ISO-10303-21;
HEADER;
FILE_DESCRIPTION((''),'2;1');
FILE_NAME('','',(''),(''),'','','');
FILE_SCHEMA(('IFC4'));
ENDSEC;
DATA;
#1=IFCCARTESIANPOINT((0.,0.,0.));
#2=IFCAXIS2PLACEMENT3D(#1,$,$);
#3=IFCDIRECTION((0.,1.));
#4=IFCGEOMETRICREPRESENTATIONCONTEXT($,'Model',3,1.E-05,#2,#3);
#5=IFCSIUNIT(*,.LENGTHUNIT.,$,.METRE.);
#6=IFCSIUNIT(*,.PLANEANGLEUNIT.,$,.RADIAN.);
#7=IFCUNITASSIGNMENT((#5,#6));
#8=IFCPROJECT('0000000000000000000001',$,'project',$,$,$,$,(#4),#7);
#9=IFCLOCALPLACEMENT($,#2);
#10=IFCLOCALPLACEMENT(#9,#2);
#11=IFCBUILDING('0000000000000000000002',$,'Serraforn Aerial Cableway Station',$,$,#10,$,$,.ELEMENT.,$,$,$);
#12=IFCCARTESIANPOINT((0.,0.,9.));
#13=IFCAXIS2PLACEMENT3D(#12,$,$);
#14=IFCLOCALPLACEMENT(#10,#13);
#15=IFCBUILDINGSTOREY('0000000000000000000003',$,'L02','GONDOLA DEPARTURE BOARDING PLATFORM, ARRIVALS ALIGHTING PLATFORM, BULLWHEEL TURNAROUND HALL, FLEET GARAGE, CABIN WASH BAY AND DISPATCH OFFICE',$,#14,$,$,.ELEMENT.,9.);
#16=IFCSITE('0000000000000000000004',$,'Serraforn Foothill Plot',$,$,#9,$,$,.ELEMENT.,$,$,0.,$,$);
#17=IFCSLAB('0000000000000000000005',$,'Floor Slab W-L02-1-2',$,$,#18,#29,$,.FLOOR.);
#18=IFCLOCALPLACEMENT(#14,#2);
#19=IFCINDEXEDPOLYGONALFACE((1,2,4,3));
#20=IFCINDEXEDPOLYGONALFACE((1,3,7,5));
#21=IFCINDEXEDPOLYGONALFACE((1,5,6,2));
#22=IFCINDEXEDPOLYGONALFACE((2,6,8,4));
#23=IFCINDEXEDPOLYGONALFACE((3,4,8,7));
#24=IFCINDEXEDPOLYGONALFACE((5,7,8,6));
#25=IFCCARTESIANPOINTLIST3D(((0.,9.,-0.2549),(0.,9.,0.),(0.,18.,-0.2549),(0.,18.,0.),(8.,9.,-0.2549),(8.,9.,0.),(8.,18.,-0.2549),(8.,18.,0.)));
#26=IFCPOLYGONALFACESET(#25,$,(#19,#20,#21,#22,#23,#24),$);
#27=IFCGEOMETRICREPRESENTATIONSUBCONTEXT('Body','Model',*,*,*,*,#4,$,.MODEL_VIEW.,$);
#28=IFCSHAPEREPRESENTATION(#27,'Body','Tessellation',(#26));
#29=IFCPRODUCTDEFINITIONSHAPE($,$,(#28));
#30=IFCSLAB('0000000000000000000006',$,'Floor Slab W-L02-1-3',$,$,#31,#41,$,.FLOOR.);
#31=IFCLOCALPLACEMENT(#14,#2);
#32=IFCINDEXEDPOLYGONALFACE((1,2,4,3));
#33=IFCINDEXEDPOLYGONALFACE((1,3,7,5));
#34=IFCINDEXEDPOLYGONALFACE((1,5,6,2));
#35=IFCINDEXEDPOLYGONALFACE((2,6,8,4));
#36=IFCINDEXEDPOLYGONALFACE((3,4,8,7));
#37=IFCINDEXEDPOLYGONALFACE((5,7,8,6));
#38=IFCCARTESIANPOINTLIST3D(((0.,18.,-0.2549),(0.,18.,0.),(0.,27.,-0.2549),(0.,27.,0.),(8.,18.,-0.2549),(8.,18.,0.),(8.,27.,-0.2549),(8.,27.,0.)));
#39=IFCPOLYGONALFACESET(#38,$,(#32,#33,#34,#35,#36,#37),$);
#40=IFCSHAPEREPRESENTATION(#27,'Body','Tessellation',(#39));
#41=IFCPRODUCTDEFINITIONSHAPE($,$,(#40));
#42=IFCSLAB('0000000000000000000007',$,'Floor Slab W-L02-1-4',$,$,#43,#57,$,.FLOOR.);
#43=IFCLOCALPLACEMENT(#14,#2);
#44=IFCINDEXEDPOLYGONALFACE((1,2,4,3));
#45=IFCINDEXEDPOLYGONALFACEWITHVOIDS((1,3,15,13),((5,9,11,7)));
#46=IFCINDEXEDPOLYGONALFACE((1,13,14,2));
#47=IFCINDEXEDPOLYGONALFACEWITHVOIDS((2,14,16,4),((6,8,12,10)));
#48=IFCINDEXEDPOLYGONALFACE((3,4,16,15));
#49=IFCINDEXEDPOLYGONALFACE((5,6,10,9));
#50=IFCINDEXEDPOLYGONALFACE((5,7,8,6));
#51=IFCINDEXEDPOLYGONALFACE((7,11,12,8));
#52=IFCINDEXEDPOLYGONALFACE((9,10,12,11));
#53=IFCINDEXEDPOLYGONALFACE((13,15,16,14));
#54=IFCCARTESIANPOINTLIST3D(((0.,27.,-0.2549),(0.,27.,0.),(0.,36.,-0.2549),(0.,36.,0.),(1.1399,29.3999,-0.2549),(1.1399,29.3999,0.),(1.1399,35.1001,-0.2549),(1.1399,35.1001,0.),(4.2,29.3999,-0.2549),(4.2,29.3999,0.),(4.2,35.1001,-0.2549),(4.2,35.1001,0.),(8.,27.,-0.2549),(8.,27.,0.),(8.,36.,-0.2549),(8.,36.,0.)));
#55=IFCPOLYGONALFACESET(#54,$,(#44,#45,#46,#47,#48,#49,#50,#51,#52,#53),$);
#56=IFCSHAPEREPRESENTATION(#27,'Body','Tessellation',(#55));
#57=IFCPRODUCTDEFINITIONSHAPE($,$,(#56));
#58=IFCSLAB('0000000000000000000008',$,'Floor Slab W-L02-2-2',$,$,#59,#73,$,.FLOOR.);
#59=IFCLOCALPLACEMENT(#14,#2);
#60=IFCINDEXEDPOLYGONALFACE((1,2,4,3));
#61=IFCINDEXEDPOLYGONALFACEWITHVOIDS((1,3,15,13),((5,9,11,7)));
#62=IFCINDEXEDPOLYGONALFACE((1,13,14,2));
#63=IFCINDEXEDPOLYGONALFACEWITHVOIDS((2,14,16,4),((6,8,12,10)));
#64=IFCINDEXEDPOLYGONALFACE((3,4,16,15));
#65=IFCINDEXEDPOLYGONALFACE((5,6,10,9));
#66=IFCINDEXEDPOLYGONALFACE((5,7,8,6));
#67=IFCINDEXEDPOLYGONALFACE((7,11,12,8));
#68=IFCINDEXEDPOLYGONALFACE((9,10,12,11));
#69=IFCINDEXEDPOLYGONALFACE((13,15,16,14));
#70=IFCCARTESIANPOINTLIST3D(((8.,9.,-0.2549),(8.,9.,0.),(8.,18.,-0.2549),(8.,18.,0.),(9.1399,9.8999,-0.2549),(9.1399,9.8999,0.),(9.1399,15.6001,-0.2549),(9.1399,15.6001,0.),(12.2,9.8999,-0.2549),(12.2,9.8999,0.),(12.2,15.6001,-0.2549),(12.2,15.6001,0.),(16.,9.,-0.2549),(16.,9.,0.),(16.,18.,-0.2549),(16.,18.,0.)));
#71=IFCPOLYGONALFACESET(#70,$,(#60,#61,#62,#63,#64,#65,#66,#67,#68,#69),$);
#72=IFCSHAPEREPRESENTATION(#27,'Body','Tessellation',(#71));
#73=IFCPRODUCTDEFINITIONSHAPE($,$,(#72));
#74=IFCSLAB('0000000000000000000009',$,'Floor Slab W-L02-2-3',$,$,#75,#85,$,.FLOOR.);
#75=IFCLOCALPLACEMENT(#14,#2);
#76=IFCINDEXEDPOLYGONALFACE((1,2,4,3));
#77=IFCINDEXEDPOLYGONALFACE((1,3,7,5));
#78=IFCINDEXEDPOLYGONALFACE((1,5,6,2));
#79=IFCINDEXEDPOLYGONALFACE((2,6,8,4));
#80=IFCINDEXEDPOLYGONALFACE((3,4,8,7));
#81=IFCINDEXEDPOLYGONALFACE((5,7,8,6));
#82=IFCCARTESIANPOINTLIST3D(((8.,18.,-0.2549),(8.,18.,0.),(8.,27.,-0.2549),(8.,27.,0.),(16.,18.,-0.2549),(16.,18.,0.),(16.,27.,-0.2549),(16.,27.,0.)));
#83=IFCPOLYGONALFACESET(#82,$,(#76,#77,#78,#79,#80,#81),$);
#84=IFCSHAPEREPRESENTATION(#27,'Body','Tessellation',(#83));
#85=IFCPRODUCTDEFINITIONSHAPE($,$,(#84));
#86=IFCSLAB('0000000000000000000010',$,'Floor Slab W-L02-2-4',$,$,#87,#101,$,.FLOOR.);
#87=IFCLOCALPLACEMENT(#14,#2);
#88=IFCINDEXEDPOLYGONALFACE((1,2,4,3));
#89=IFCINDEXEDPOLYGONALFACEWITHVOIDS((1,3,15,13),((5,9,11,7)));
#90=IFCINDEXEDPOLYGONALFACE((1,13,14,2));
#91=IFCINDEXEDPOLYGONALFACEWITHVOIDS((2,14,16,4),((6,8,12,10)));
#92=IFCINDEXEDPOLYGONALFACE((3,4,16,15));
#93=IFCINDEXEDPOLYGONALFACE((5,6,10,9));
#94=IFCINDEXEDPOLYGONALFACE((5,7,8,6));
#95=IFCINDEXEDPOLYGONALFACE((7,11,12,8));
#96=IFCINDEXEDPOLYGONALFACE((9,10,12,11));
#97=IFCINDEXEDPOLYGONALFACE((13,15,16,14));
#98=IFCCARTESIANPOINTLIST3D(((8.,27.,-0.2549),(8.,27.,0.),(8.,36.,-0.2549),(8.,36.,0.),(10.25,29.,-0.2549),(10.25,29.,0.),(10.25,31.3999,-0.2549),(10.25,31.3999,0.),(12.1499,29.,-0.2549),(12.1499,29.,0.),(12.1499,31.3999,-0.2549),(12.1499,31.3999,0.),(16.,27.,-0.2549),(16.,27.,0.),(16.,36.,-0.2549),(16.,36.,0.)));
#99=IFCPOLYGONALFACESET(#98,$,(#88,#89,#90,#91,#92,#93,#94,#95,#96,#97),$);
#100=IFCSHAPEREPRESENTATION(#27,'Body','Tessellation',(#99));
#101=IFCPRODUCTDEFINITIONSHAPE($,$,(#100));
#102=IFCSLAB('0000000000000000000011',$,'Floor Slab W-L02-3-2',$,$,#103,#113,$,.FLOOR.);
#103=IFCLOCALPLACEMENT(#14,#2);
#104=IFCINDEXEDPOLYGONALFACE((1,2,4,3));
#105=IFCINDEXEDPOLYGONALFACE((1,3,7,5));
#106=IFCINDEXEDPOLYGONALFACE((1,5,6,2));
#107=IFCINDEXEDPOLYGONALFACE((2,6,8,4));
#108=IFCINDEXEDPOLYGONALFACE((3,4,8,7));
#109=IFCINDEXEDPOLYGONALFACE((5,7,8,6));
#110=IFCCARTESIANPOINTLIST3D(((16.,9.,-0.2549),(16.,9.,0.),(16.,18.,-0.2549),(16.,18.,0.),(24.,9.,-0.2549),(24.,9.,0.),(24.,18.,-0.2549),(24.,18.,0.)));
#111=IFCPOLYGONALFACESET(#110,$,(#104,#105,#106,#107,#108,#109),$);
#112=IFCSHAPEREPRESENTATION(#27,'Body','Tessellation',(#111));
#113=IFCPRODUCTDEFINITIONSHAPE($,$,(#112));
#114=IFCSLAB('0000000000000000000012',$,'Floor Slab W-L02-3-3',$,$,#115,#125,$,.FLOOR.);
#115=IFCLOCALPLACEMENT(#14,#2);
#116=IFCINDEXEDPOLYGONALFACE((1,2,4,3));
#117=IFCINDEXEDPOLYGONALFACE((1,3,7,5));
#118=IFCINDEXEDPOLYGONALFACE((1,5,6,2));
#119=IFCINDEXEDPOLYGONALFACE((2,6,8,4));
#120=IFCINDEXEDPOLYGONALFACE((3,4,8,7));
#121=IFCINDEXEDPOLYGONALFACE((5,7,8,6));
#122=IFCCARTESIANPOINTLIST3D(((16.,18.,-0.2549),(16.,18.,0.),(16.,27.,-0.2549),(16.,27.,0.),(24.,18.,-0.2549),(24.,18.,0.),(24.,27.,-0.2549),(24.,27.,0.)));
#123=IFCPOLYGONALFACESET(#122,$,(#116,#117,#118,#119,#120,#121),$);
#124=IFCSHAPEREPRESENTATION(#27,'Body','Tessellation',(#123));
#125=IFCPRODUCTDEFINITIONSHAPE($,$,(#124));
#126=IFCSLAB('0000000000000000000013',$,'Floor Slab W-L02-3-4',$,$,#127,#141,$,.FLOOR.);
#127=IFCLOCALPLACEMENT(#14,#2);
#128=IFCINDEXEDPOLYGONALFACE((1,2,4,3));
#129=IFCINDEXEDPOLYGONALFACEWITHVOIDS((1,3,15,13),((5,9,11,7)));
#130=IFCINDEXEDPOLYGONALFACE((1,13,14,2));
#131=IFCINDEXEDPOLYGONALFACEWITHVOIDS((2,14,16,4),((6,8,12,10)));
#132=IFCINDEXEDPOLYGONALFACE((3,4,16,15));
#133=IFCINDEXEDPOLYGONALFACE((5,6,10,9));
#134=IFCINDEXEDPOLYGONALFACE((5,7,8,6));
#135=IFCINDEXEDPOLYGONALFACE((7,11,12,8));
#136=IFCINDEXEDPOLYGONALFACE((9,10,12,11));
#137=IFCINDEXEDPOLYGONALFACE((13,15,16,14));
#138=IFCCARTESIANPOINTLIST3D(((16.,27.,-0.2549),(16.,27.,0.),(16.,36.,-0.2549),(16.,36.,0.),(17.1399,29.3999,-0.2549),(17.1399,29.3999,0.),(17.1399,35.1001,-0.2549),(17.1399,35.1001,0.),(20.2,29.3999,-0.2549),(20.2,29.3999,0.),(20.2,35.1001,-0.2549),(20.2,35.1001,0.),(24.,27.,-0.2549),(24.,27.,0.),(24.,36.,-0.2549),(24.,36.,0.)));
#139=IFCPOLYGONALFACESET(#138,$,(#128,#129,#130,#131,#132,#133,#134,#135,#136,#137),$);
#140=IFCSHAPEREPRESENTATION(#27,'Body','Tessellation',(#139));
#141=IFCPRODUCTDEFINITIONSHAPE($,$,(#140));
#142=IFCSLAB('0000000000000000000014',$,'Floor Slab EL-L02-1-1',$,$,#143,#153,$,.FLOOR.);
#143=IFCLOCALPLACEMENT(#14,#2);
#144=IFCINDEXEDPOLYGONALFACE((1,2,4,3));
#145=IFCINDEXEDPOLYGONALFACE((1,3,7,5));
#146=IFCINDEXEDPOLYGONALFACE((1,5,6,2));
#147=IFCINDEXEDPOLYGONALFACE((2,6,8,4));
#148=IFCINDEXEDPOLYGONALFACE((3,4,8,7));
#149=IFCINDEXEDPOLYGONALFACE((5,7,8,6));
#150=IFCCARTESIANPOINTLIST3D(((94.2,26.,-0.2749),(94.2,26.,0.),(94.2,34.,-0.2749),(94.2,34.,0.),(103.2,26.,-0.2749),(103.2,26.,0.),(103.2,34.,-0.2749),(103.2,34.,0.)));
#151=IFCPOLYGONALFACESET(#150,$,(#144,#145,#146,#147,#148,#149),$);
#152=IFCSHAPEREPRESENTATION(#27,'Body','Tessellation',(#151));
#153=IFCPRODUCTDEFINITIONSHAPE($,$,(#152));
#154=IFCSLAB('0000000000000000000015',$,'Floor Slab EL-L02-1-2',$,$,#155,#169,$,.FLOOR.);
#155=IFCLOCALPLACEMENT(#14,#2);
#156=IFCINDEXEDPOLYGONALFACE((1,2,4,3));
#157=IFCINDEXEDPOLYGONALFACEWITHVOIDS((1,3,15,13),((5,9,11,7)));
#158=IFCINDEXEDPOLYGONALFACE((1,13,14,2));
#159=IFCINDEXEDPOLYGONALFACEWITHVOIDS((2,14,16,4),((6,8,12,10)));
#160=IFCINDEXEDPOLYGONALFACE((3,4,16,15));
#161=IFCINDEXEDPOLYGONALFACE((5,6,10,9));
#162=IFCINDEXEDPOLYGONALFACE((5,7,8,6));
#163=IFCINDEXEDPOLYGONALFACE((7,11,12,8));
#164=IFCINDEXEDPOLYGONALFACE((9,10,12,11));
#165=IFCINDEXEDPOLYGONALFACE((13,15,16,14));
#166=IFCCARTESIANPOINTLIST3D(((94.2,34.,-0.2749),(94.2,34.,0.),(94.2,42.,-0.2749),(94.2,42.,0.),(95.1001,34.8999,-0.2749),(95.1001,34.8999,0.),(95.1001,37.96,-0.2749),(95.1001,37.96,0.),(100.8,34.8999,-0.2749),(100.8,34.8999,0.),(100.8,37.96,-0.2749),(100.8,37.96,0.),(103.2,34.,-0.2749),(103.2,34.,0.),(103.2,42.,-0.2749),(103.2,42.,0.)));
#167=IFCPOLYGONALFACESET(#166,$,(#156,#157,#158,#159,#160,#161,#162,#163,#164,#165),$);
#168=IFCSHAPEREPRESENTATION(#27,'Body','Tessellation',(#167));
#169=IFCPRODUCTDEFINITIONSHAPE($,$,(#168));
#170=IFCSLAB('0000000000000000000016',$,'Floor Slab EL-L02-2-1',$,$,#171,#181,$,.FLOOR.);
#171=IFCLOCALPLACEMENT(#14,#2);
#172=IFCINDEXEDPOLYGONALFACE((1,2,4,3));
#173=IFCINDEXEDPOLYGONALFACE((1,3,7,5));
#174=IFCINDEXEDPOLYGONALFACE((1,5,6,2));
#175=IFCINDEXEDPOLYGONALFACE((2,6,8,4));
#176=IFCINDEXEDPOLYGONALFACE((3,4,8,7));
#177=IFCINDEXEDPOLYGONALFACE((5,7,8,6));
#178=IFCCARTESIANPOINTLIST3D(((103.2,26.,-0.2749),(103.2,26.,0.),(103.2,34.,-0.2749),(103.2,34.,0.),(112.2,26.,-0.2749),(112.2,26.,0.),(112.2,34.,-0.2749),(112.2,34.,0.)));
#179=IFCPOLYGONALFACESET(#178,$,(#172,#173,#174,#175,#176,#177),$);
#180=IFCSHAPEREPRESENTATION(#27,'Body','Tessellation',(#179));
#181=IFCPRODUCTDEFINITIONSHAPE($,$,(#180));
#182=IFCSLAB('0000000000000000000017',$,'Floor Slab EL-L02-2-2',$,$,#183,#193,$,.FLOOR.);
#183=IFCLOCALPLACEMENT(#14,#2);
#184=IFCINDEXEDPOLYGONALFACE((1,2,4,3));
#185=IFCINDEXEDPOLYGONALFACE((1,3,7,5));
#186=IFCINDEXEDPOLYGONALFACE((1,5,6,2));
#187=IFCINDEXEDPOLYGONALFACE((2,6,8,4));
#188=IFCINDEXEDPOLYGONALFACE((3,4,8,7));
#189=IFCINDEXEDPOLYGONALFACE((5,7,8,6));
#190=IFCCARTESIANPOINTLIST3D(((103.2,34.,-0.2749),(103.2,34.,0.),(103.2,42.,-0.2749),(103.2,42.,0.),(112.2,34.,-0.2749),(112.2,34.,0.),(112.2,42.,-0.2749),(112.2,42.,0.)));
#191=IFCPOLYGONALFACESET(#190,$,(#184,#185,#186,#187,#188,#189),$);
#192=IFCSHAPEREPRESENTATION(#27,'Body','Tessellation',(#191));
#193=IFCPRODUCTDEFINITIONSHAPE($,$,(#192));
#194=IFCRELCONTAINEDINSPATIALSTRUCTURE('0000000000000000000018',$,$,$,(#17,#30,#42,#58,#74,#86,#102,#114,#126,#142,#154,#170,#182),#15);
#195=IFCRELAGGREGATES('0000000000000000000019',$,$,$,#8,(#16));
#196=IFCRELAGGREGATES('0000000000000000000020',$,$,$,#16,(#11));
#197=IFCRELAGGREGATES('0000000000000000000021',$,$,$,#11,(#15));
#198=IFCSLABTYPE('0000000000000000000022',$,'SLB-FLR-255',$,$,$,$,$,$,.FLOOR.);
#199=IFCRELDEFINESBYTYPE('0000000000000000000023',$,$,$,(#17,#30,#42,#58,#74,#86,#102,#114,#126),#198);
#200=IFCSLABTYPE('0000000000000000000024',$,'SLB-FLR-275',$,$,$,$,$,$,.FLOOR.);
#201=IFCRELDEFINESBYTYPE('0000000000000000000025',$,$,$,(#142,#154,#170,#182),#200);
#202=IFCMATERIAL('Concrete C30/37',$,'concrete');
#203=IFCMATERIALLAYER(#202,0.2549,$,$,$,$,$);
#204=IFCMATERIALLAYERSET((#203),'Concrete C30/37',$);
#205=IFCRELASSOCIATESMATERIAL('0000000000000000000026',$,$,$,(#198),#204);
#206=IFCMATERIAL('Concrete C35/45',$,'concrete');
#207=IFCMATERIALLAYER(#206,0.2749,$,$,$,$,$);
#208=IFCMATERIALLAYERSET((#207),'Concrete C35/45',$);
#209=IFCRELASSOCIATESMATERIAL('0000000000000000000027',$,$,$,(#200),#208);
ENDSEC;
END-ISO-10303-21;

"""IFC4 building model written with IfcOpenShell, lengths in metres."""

from ifc_helpers import new_model, si_unit, direction, frame, origin, place, context, subcontext, project, spatial, polyline, outline, extrude, material, layer, layer_set, type_object, element, save


model = new_model("IFC4")

# Units and contexts
model_context = context("Model", 3, precision=1e-05, world=origin(), true_north=direction((0.0, 1.0)))
body_context = subcontext(model_context, "Body", "Model", "MODEL_VIEW")
ifc_project = project(units=[si_unit("LENGTHUNIT", "METRE"), si_unit("PLANEANGLEUNIT", "RADIAN")], contexts=[model_context])

# Site, building, storey
site_placement = place(None, origin())
site = spatial("IfcSite", under=ifc_project, at=site_placement, Name="Serraforn Foothill Plot", CompositionType="ELEMENT", RefElevation=0.0)
building_placement = place(site_placement, origin())
building = spatial("IfcBuilding", under=site, at=building_placement, Name="Serraforn Aerial Cableway Station", CompositionType="ELEMENT")
storey_placement = place(building_placement, frame((0.0, 0.0, 9.0)))
storey = spatial("IfcBuildingStorey", under=building, at=storey_placement, Name="L02", Description="GONDOLA DEPARTURE BOARDING PLATFORM, ARRIVALS ALIGHTING PLATFORM, BULLWHEEL TURNAROUND HALL, FLEET GARAGE, CABIN WASH BAY AND DISPATCH OFFICE", CompositionType="ELEMENT", Elevation=9.0)

# Slabs
ifc_material_1 = material(Name="Concrete C30/37", Category="concrete")
ifc_layer_1 = layer(ifc_material_1, 0.2549)
ifc_layer_set_1 = layer_set([ifc_layer_1], Name="Concrete C30/37")
slab_type_1 = type_object("IfcSlabType", Name="SLB-FLR-255", PredefinedType="FLOOR", material=ifc_layer_set_1)
slab_1_placement = place(storey_placement, frame((0.0, 0.0, -0.2549)))
element("IfcSlab", 1, at=slab_1_placement, inside=storey, type_object=slab_type_1, Name="Floor Slab W-L02-1-2", PredefinedType="FLOOR", context=body_context, shape_type="SweptSolid", body=[
    extrude(outline(polyline([(0.0, 9.0), (8.0, 9.0), (8.0, 18.0), (0.0, 18.0), (0.0, 9.0)])), origin(), (0.0, 0.0, 1.0), 0.2549),
])
slab_2_placement = place(storey_placement, frame((0.0, 0.0, -0.2549)))
element("IfcSlab", 2, at=slab_2_placement, inside=storey, type_object=slab_type_1, Name="Floor Slab W-L02-1-3", PredefinedType="FLOOR", context=body_context, shape_type="SweptSolid", body=[
    extrude(outline(polyline([(0.0, 18.0), (8.0, 18.0), (8.0, 27.0), (0.0, 27.0), (0.0, 18.0)])), origin(), (0.0, 0.0, 1.0), 0.2549),
])
slab_3_placement = place(storey_placement, frame((0.0, 0.0, -0.2549)))
element("IfcSlab", 3, at=slab_3_placement, inside=storey, type_object=slab_type_1, Name="Floor Slab W-L02-1-4", PredefinedType="FLOOR", context=body_context, shape_type="SweptSolid", body=[
    extrude(outline(polyline([(0.0, 27.0), (8.0, 27.0), (8.0, 36.0), (0.0, 36.0), (0.0, 27.0)]), holes=[polyline([(4.2, 29.3999), (4.2, 35.1001), (1.1399, 35.1001), (1.1399, 29.3999), (4.2, 29.3999)])]), origin(), (0.0, 0.0, 1.0), 0.2549),
])
slab_4_placement = place(storey_placement, frame((0.0, 0.0, -0.2549)))
element("IfcSlab", 4, at=slab_4_placement, inside=storey, type_object=slab_type_1, Name="Floor Slab W-L02-2-2", PredefinedType="FLOOR", context=body_context, shape_type="SweptSolid", body=[
    extrude(outline(polyline([(8.0, 9.0), (16.0, 9.0), (16.0, 18.0), (8.0, 18.0), (8.0, 9.0)]), holes=[polyline([(9.1399, 15.6001), (9.1399, 9.8999), (12.2, 9.8999), (12.2, 15.6001), (9.1399, 15.6001)])]), origin(), (0.0, 0.0, 1.0), 0.2549),
])
slab_5_placement = place(storey_placement, frame((0.0, 0.0, -0.2549)))
element("IfcSlab", 5, at=slab_5_placement, inside=storey, type_object=slab_type_1, Name="Floor Slab W-L02-2-3", PredefinedType="FLOOR", context=body_context, shape_type="SweptSolid", body=[
    extrude(outline(polyline([(8.0, 18.0), (16.0, 18.0), (16.0, 27.0), (8.0, 27.0), (8.0, 18.0)])), origin(), (0.0, 0.0, 1.0), 0.2549),
])
slab_6_placement = place(storey_placement, frame((0.0, 0.0, -0.2549)))
element("IfcSlab", 6, at=slab_6_placement, inside=storey, type_object=slab_type_1, Name="Floor Slab W-L02-2-4", PredefinedType="FLOOR", context=body_context, shape_type="SweptSolid", body=[
    extrude(outline(polyline([(8.0, 27.0), (16.0, 27.0), (16.0, 36.0), (8.0, 36.0), (8.0, 27.0)]), holes=[polyline([(10.25, 29.0), (12.1499, 29.0), (12.1499, 31.3999), (10.25, 31.3999), (10.25, 29.0)])]), origin(), (0.0, 0.0, 1.0), 0.2549),
])
slab_7_placement = place(storey_placement, frame((0.0, 0.0, -0.2549)))
element("IfcSlab", 7, at=slab_7_placement, inside=storey, type_object=slab_type_1, Name="Floor Slab W-L02-3-2", PredefinedType="FLOOR", context=body_context, shape_type="SweptSolid", body=[
    extrude(outline(polyline([(16.0, 9.0), (24.0, 9.0), (24.0, 18.0), (16.0, 18.0), (16.0, 9.0)])), origin(), (0.0, 0.0, 1.0), 0.2549),
])
slab_8_placement = place(storey_placement, frame((0.0, 0.0, -0.2549)))
element("IfcSlab", 8, at=slab_8_placement, inside=storey, type_object=slab_type_1, Name="Floor Slab W-L02-3-3", PredefinedType="FLOOR", context=body_context, shape_type="SweptSolid", body=[
    extrude(outline(polyline([(16.0, 18.0), (24.0, 18.0), (24.0, 27.0), (16.0, 27.0), (16.0, 18.0)])), origin(), (0.0, 0.0, 1.0), 0.2549),
])
slab_9_placement = place(storey_placement, frame((0.0, 0.0, -0.2549)))
element("IfcSlab", 9, at=slab_9_placement, inside=storey, type_object=slab_type_1, Name="Floor Slab W-L02-3-4", PredefinedType="FLOOR", context=body_context, shape_type="SweptSolid", body=[
    extrude(outline(polyline([(16.0, 27.0), (24.0, 27.0), (24.0, 36.0), (16.0, 36.0), (16.0, 27.0)]), holes=[polyline([(20.2, 29.3999), (20.2, 35.1001), (17.1399, 35.1001), (17.1399, 29.3999), (20.2, 29.3999)])]), origin(), (0.0, 0.0, 1.0), 0.2549),
])
ifc_material_2 = material(Name="Concrete C35/45", Category="concrete")
ifc_layer_2 = layer(ifc_material_2, 0.2749)
ifc_layer_set_2 = layer_set([ifc_layer_2], Name="Concrete C35/45")
slab_type_2 = type_object("IfcSlabType", Name="SLB-FLR-275", PredefinedType="FLOOR", material=ifc_layer_set_2)
slab_10_placement = place(storey_placement, frame((0.0, 0.0, -0.2749)))
element("IfcSlab", 10, at=slab_10_placement, inside=storey, type_object=slab_type_2, Name="Floor Slab EL-L02-1-1", PredefinedType="FLOOR", context=body_context, shape_type="SweptSolid", body=[
    extrude(outline(polyline([(94.2, 26.0), (103.2, 26.0), (103.2, 34.0), (94.2, 34.0), (94.2, 26.0)])), origin(), (0.0, 0.0, 1.0), 0.2749),
])
slab_11_placement = place(storey_placement, frame((0.0, 0.0, -0.2749)))
element("IfcSlab", 11, at=slab_11_placement, inside=storey, type_object=slab_type_2, Name="Floor Slab EL-L02-1-2", PredefinedType="FLOOR", context=body_context, shape_type="SweptSolid", body=[
    extrude(outline(polyline([(94.2, 34.0), (103.2, 34.0), (103.2, 42.0), (94.2, 42.0), (94.2, 34.0)]), holes=[polyline([(100.8, 37.96), (95.1001, 37.96), (95.1001, 34.8999), (100.8, 34.8999), (100.8, 37.96)])]), origin(), (0.0, 0.0, 1.0), 0.2749),
])
slab_12_placement = place(storey_placement, frame((0.0, 0.0, -0.2749)))
element("IfcSlab", 12, at=slab_12_placement, inside=storey, type_object=slab_type_2, Name="Floor Slab EL-L02-2-1", PredefinedType="FLOOR", context=body_context, shape_type="SweptSolid", body=[
    extrude(outline(polyline([(103.2, 26.0), (112.2, 26.0), (112.2, 34.0), (103.2, 34.0), (103.2, 26.0)])), origin(), (0.0, 0.0, 1.0), 0.2749),
])
slab_13_placement = place(storey_placement, frame((0.0, 0.0, -0.2749)))
element("IfcSlab", 13, at=slab_13_placement, inside=storey, type_object=slab_type_2, Name="Floor Slab EL-L02-2-2", PredefinedType="FLOOR", context=body_context, shape_type="SweptSolid", body=[
    extrude(outline(polyline([(103.2, 34.0), (112.2, 34.0), (112.2, 42.0), (103.2, 42.0), (103.2, 34.0)])), origin(), (0.0, 0.0, 1.0), 0.2749),
])

save(model, "model.ifc")
